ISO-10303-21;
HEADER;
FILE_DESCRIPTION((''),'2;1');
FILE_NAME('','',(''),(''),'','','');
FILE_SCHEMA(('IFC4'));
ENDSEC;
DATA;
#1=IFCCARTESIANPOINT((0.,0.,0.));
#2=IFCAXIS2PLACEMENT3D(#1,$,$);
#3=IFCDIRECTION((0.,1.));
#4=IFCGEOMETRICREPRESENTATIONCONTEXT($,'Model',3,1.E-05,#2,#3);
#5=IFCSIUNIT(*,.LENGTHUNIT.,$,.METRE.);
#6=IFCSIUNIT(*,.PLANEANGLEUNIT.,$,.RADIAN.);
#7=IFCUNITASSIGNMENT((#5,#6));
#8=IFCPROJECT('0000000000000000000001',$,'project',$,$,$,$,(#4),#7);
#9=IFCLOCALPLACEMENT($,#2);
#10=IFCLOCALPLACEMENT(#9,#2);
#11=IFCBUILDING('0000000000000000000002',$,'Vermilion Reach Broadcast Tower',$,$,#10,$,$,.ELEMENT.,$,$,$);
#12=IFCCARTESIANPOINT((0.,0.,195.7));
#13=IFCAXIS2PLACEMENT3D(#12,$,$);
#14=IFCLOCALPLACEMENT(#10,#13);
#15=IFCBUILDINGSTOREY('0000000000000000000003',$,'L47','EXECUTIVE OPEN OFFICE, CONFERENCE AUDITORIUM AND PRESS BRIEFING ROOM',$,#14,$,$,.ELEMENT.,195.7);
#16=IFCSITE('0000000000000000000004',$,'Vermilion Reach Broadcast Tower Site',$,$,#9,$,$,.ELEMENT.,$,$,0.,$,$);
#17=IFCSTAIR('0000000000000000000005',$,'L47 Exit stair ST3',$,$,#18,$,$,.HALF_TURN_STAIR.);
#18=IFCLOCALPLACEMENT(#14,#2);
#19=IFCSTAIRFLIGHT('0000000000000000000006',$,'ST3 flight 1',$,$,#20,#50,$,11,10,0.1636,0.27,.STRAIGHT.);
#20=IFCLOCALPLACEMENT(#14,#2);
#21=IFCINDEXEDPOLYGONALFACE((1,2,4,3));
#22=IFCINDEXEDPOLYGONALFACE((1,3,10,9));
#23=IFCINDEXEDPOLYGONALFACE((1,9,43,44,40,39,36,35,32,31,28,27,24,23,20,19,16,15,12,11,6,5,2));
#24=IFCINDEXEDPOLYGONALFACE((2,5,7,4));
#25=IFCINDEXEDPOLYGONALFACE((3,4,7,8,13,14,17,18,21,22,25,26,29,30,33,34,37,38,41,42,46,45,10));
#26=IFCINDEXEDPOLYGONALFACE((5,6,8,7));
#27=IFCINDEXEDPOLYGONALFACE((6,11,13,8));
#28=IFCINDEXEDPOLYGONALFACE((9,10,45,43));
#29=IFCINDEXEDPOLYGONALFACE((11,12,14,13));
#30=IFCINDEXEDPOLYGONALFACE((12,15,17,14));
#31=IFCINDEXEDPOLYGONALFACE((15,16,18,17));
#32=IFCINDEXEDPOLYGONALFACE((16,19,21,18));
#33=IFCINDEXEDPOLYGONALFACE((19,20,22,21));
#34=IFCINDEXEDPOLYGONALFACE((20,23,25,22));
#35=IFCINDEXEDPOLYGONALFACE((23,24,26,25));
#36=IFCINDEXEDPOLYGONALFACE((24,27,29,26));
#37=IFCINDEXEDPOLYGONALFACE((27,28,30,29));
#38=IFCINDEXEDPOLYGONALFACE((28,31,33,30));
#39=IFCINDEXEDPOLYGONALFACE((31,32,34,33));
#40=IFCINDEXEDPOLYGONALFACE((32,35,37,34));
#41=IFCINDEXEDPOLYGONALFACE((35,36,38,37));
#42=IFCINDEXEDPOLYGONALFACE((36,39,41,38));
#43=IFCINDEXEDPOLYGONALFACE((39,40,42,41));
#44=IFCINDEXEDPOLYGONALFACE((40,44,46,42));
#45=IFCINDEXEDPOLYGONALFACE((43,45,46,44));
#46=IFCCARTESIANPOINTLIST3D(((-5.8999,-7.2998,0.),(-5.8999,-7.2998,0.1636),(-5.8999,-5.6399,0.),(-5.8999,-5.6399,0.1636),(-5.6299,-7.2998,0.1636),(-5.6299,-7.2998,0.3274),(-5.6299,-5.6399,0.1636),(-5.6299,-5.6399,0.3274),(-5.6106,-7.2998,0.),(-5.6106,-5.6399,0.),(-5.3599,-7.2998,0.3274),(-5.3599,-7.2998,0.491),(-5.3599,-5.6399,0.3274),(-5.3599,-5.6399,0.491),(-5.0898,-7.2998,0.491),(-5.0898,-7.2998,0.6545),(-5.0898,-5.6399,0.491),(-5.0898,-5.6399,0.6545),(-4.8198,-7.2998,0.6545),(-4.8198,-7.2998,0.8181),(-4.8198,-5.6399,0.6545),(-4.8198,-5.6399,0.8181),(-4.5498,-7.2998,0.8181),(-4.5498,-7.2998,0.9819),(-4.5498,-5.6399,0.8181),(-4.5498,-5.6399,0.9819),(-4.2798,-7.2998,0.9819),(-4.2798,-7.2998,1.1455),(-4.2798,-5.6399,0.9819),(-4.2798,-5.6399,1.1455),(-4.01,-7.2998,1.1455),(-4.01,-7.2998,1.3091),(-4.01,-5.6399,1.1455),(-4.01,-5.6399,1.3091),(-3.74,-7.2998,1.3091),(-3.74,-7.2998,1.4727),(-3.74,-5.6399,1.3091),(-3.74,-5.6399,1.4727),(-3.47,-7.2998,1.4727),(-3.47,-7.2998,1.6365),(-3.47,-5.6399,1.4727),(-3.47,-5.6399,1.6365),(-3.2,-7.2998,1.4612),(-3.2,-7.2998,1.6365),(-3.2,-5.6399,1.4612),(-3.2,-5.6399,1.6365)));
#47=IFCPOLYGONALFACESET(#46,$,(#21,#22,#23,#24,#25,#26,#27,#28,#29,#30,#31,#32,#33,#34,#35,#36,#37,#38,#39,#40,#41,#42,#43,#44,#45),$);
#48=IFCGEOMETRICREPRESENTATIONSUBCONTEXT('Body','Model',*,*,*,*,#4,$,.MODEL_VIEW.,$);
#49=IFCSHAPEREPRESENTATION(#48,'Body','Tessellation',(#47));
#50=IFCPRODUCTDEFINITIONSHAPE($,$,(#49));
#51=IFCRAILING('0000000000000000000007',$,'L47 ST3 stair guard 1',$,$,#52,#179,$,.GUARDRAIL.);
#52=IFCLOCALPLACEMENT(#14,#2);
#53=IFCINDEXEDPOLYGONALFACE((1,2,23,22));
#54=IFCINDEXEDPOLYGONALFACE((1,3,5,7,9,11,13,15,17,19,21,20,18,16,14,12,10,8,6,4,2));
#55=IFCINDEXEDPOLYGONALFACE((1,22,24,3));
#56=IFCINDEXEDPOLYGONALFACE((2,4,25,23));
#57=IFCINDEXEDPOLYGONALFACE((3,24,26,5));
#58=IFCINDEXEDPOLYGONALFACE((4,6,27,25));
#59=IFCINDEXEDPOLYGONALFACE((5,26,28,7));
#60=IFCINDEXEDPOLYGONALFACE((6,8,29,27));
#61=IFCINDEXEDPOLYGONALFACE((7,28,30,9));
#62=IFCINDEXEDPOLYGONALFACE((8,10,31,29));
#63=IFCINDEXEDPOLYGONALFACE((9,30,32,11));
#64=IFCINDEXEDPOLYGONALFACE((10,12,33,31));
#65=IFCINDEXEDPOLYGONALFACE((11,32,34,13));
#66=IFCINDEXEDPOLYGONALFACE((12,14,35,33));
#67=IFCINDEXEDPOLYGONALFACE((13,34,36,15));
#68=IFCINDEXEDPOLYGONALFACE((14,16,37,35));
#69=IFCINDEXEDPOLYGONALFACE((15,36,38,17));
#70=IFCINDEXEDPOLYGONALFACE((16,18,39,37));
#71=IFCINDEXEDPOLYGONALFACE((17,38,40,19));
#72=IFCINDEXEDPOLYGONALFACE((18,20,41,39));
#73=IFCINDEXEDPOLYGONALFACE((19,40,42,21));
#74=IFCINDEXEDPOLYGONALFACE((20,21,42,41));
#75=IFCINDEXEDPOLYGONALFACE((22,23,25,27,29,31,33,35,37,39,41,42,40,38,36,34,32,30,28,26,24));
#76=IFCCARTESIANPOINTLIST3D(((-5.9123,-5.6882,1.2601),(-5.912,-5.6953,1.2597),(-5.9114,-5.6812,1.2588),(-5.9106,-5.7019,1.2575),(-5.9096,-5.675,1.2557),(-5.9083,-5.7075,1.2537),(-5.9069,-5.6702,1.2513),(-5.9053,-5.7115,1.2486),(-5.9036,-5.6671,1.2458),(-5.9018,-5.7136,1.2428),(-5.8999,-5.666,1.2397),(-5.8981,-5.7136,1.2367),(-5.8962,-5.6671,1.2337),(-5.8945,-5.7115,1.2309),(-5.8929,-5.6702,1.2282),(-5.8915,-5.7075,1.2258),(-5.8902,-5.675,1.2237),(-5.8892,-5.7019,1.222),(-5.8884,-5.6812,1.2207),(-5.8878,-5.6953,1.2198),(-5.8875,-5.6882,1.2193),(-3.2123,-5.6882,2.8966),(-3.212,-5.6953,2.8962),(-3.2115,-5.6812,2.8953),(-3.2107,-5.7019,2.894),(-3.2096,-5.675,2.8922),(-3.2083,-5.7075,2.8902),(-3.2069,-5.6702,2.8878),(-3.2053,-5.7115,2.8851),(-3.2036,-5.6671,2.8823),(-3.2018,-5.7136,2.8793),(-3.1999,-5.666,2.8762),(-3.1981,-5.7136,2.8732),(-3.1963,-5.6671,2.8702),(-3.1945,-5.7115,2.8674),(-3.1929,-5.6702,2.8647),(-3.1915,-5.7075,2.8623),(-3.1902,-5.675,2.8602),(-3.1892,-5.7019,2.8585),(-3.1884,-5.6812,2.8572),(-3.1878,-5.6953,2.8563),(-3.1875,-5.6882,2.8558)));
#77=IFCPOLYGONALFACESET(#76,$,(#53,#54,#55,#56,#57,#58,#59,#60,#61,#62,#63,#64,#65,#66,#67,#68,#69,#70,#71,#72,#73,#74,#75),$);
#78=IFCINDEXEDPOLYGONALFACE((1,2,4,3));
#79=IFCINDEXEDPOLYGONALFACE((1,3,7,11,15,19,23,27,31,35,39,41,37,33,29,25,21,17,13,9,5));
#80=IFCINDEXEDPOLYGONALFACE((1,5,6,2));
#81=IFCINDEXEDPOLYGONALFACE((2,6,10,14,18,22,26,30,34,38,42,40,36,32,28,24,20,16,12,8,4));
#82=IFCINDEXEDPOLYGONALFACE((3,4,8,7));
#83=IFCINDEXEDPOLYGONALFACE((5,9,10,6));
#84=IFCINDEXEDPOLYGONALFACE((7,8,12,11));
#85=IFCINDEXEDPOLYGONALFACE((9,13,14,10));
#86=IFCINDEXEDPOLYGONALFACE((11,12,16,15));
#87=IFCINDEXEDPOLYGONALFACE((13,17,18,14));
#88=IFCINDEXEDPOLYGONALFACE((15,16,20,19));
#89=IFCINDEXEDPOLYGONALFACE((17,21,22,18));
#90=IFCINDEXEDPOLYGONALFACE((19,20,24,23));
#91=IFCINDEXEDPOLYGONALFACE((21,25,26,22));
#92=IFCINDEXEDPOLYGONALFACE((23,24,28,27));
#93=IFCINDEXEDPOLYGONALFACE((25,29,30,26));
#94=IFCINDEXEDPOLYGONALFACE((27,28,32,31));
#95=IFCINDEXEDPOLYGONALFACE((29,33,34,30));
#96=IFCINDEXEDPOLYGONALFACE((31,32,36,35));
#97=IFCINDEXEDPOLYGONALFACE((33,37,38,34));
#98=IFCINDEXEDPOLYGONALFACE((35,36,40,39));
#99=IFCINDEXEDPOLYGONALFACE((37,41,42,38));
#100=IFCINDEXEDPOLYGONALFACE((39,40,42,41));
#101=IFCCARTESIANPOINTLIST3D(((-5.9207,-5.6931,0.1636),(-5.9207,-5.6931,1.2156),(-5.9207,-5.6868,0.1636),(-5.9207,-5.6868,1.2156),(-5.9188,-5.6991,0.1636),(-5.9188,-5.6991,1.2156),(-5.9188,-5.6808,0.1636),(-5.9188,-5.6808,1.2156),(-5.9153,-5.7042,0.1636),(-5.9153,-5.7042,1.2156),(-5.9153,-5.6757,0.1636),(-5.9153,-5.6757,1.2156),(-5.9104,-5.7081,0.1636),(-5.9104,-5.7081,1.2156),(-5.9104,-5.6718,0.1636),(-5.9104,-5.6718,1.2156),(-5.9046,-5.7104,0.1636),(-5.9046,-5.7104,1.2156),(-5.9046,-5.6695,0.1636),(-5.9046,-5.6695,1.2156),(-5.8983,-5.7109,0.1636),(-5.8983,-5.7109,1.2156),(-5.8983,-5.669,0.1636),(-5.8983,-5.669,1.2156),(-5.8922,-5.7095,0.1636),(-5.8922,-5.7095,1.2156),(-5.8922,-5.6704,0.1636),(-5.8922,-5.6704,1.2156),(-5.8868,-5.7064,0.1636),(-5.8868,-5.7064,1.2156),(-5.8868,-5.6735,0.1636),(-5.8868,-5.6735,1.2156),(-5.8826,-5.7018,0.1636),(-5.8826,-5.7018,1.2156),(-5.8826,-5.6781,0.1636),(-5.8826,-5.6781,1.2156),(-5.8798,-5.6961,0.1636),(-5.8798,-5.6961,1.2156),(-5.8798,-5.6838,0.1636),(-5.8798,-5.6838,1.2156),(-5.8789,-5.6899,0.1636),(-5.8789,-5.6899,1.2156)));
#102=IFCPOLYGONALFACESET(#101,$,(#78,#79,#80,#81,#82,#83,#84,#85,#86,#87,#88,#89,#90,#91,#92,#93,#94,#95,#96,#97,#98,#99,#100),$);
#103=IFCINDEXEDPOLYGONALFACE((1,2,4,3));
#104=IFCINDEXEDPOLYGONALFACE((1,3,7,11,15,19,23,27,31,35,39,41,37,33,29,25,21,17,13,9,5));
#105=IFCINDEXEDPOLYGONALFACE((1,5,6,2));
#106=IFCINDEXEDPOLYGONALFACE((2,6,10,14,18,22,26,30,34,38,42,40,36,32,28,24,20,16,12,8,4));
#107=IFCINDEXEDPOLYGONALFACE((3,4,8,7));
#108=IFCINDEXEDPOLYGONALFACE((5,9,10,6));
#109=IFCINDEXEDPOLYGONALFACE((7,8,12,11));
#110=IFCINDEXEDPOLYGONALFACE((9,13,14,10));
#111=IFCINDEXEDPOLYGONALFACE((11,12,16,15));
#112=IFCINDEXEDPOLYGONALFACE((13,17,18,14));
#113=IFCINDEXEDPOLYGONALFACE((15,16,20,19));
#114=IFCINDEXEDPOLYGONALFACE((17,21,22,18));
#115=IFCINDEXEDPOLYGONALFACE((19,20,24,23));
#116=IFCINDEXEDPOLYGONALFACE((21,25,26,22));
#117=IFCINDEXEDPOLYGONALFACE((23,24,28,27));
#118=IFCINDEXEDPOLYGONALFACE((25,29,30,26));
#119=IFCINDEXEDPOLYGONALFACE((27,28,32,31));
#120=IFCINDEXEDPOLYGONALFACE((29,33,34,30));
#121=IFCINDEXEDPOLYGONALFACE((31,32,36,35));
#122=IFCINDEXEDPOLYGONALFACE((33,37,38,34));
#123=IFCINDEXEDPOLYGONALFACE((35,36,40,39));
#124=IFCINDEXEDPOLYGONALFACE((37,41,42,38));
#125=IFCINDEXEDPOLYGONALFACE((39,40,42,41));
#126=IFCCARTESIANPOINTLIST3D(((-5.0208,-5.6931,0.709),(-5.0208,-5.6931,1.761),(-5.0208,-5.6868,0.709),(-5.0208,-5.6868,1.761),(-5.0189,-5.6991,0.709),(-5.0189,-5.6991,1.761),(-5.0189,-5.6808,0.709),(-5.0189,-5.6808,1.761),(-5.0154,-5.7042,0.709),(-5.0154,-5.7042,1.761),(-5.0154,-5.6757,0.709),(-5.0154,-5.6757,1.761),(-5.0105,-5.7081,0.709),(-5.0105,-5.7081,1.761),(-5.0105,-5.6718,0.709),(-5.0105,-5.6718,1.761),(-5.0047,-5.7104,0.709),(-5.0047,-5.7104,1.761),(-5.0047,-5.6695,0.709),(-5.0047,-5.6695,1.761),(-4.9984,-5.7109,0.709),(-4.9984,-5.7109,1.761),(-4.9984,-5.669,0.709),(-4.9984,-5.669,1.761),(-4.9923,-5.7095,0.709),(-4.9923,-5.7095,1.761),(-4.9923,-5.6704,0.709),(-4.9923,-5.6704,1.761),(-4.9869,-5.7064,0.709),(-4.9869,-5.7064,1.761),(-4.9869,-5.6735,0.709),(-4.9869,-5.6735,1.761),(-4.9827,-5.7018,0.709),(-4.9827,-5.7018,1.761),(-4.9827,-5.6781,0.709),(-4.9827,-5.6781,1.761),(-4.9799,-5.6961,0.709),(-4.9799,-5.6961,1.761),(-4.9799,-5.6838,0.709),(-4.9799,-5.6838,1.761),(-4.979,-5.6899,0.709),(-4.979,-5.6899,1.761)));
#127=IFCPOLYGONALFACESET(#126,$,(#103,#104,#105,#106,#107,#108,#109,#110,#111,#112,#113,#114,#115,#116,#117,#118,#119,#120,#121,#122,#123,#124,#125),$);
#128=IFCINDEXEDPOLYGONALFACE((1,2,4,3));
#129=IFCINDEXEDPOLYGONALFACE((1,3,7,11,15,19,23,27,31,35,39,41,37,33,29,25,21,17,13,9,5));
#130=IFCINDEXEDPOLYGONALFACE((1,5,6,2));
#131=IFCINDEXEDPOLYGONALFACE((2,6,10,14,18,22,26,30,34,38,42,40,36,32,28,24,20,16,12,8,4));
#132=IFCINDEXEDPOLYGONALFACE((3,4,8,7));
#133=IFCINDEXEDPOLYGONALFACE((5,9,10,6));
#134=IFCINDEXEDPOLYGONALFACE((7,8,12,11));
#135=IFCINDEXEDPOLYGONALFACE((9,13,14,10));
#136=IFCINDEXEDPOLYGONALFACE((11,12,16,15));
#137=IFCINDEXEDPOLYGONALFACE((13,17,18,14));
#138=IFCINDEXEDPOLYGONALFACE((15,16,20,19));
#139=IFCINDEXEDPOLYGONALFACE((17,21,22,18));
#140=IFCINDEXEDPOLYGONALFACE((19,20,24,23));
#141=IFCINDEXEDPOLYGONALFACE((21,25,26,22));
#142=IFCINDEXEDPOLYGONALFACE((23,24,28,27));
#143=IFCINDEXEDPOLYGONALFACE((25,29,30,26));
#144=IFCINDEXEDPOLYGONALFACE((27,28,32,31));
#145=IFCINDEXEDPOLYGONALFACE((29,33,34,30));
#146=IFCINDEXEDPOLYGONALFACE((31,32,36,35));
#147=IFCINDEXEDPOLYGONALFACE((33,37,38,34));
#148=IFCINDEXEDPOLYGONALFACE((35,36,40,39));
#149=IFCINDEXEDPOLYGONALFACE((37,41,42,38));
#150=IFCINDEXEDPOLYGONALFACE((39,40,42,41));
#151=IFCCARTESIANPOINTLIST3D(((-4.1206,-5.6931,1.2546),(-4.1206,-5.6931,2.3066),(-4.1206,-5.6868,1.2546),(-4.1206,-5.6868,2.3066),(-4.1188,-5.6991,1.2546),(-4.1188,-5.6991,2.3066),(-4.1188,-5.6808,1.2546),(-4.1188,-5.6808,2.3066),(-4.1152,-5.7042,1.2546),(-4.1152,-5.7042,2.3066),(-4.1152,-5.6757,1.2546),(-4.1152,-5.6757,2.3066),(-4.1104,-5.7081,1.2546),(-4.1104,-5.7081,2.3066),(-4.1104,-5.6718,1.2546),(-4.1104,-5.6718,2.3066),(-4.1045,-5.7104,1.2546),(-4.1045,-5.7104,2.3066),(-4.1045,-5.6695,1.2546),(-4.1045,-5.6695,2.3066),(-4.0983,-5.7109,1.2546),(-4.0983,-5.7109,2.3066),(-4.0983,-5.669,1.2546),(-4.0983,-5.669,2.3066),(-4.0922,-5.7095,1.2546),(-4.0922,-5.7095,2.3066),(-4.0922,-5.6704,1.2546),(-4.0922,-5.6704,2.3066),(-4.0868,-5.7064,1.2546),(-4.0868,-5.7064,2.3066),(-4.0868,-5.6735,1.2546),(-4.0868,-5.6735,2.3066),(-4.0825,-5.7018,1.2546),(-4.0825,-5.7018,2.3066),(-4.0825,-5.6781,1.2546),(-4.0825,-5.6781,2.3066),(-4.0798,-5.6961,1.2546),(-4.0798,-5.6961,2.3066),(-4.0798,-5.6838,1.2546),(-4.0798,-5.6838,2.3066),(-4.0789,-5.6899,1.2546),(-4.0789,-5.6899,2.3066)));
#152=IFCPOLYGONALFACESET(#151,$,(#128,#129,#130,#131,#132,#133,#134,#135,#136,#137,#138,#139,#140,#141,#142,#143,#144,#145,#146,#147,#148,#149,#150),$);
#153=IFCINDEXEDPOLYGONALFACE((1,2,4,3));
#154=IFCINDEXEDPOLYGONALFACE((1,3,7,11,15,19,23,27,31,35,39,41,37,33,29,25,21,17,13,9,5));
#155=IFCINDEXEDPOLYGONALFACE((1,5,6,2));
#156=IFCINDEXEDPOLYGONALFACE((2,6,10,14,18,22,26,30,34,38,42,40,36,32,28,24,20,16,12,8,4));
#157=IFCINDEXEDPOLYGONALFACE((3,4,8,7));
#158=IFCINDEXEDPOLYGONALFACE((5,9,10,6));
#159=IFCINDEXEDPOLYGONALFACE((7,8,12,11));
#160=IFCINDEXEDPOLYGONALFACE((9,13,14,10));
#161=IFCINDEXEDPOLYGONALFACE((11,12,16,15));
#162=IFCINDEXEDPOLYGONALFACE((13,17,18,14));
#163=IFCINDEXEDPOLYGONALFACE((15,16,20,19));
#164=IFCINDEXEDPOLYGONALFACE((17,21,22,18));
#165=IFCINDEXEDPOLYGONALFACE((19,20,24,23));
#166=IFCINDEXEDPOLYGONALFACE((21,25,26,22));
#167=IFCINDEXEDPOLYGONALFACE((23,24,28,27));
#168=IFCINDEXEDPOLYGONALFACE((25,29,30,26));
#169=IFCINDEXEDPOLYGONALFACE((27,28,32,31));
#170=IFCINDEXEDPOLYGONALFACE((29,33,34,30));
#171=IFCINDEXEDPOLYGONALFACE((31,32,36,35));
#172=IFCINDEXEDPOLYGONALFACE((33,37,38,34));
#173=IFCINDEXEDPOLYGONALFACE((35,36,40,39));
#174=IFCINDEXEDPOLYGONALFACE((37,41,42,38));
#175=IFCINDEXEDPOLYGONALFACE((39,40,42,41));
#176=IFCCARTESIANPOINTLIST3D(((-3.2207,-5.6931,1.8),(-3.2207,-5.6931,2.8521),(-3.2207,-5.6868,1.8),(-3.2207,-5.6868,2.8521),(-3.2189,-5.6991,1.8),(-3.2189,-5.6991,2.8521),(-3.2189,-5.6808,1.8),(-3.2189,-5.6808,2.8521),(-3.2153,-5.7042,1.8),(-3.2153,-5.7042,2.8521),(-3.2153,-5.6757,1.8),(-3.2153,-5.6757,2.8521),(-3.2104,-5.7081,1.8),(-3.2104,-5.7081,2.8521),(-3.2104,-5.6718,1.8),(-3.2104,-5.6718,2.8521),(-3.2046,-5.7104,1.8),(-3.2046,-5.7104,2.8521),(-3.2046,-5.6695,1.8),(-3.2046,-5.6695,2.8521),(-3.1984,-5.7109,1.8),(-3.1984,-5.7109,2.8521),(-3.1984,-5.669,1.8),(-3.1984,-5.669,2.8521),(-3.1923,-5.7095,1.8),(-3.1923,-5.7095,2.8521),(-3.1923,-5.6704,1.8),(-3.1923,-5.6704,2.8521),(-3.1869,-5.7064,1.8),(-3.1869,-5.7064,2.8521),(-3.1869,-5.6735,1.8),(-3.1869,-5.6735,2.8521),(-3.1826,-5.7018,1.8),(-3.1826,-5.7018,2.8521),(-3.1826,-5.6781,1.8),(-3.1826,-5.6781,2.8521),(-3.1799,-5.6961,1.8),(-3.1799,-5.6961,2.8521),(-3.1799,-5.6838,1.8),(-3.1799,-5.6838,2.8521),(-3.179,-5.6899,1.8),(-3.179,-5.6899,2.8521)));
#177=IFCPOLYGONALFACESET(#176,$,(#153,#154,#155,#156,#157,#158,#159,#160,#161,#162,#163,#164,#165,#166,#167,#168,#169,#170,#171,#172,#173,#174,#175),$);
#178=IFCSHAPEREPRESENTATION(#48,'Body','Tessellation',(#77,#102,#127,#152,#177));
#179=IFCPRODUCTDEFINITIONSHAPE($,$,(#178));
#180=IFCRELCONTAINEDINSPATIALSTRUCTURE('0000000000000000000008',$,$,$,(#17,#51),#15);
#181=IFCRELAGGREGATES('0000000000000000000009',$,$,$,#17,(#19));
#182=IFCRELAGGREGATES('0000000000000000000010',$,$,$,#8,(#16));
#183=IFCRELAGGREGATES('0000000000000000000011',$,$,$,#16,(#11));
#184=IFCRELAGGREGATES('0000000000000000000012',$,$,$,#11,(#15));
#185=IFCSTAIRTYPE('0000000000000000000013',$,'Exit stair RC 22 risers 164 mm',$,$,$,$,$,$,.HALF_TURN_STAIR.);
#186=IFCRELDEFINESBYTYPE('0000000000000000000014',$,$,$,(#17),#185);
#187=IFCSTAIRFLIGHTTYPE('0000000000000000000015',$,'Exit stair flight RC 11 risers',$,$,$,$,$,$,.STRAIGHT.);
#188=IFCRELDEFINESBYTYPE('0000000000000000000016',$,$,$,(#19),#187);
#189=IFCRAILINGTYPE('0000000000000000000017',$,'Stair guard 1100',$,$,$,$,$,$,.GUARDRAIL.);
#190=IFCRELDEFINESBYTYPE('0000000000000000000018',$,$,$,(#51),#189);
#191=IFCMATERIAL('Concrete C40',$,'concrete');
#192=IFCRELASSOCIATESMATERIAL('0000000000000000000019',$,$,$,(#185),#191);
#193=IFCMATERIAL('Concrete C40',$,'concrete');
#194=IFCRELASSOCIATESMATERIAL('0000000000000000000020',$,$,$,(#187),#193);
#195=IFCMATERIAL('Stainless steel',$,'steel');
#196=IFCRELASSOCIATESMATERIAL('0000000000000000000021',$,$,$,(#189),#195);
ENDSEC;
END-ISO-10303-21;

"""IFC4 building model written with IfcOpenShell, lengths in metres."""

from ifc_helpers import new_model, si_unit, direction, frame, origin, origin_2d, place, context, subcontext, project, spatial, polyline, circle, outline, extrude, material, type_object, element, aggregate, save


model = new_model("IFC4")

# Units and contexts
model_context = context("Model", 3, precision=1e-05, world=origin(), true_north=direction((0.0, 1.0)))
body_context = subcontext(model_context, "Body", "Model", "MODEL_VIEW")
ifc_project = project(units=[si_unit("LENGTHUNIT", "METRE"), si_unit("PLANEANGLEUNIT", "RADIAN")], contexts=[model_context])

# Site, building, storey
site_placement = place(None, origin())
site = spatial("IfcSite", under=ifc_project, at=site_placement, Name="Vermilion Reach Broadcast Tower Site", CompositionType="ELEMENT", RefElevation=0.0)
building_placement = place(site_placement, origin())
building = spatial("IfcBuilding", under=site, at=building_placement, Name="Vermilion Reach Broadcast Tower", CompositionType="ELEMENT")
storey_placement = place(building_placement, frame((0.0, 0.0, 195.7)))
storey = spatial("IfcBuildingStorey", under=building, at=storey_placement, Name="L47", Description="EXECUTIVE OPEN OFFICE, CONFERENCE AUDITORIUM AND PRESS BRIEFING ROOM", CompositionType="ELEMENT", Elevation=195.7)

# Stair, stair flight
ifc_material_1 = material(Name="Concrete C40", Category="concrete")
stair_type = type_object("IfcStairType", Name="Exit stair RC 22 risers 164 mm", PredefinedType="HALF_TURN_STAIR", material=ifc_material_1)
stair_placement = place(storey_placement, origin())
stair = element("IfcStair", 1, at=stair_placement, inside=storey, type_object=stair_type, Name="L47 Exit stair ST3", PredefinedType="HALF_TURN_STAIR")
ifc_material_2 = material(Name="Concrete C40", Category="concrete")
stair_flight_type = type_object("IfcStairFlightType", Name="Exit stair flight RC 11 risers", PredefinedType="STRAIGHT", material=ifc_material_2)
stair_flight_placement = place(storey_placement, frame((-5.8999, -6.47, 0.0), z_axis=(0.0, 0.0, 1.0), x_axis=(1.0, 0.0, 0.0)))
stair_flight = element("IfcStairFlight", 2, at=stair_flight_placement, type_object=stair_flight_type, Name="ST3 flight 1", NumberOfRisers=11, NumberOfTreads=10, PredefinedType="STRAIGHT", RiserHeight=0.1636, TreadLength=0.27, context=body_context, shape_type="SweptSolid", body=[
    extrude(outline(polyline([(0.0, 0.0), (0.0, 0.1636), (0.27, 0.1636), (0.27, 0.3274), (0.54, 0.3274), (0.54, 0.491), (0.8101, 0.491), (0.8101, 0.6545), (1.0801, 0.6545), (1.0801, 0.8181), (1.3501, 0.8181), (1.3501, 0.9819), (1.6201, 0.9819), (1.6201, 1.1455), (1.8899, 1.1455), (1.8899, 1.3091), (2.1599, 1.3091), (2.1599, 1.4727), (2.4299, 1.4727), (2.4299, 1.6365), (2.7, 1.6365), (2.7, 1.8), (2.7, 1.4612), (0.2893, 0.0), (0.0, 0.0)])), frame((0.0, 0.8301, 0.0), z_axis=(0.0, -1.0, 0.0), x_axis=(1.0, 0.0, 0.0)), (0.0, 0.0, 1.0), 1.6599),
])
aggregate(stair, [stair_flight])

# Railing
ifc_material_3 = material(Name="Stainless steel", Category="steel")
railing_type_1 = type_object("IfcRailingType", Name="Stair guard 1100", PredefinedType="GUARDRAIL", material=ifc_material_3)
railing_1_placement = place(storey_placement, frame((-5.8999, -5.6899, 0.1636)))
element("IfcRailing", 3, at=railing_1_placement, inside=storey, type_object=railing_type_1, Name="L47 ST3 stair guard 1", PredefinedType="GUARDRAIL", context=body_context, shape_type="SweptSolid", body=[
    extrude(circle(Radius=0.0239, at=origin_2d()), frame((0.0, 0.0, 1.0762), z_axis=(0.855178, 0.0, 0.518334), x_axis=(0.0, 1.0, 0.0)), (0.0, 0.0, 1.0), 3.1572),
    extrude(circle(Radius=0.021, at=origin_2d()), origin(), (0.0, 0.0, 1.0), 1.052),
    extrude(circle(Radius=0.021, at=origin_2d()), frame((0.8999, 0.0, 0.5454)), (0.0, 0.0, 1.0), 1.052),
    extrude(circle(Radius=0.021, at=origin_2d()), frame((1.8, 0.0, 1.0911)), (0.0, 0.0, 1.0), 1.052),
    extrude(circle(Radius=0.021, at=origin_2d()), frame((2.7, 0.0, 1.6365)), (0.0, 0.0, 1.0), 1.052),
])

save(model, "model.ifc")
